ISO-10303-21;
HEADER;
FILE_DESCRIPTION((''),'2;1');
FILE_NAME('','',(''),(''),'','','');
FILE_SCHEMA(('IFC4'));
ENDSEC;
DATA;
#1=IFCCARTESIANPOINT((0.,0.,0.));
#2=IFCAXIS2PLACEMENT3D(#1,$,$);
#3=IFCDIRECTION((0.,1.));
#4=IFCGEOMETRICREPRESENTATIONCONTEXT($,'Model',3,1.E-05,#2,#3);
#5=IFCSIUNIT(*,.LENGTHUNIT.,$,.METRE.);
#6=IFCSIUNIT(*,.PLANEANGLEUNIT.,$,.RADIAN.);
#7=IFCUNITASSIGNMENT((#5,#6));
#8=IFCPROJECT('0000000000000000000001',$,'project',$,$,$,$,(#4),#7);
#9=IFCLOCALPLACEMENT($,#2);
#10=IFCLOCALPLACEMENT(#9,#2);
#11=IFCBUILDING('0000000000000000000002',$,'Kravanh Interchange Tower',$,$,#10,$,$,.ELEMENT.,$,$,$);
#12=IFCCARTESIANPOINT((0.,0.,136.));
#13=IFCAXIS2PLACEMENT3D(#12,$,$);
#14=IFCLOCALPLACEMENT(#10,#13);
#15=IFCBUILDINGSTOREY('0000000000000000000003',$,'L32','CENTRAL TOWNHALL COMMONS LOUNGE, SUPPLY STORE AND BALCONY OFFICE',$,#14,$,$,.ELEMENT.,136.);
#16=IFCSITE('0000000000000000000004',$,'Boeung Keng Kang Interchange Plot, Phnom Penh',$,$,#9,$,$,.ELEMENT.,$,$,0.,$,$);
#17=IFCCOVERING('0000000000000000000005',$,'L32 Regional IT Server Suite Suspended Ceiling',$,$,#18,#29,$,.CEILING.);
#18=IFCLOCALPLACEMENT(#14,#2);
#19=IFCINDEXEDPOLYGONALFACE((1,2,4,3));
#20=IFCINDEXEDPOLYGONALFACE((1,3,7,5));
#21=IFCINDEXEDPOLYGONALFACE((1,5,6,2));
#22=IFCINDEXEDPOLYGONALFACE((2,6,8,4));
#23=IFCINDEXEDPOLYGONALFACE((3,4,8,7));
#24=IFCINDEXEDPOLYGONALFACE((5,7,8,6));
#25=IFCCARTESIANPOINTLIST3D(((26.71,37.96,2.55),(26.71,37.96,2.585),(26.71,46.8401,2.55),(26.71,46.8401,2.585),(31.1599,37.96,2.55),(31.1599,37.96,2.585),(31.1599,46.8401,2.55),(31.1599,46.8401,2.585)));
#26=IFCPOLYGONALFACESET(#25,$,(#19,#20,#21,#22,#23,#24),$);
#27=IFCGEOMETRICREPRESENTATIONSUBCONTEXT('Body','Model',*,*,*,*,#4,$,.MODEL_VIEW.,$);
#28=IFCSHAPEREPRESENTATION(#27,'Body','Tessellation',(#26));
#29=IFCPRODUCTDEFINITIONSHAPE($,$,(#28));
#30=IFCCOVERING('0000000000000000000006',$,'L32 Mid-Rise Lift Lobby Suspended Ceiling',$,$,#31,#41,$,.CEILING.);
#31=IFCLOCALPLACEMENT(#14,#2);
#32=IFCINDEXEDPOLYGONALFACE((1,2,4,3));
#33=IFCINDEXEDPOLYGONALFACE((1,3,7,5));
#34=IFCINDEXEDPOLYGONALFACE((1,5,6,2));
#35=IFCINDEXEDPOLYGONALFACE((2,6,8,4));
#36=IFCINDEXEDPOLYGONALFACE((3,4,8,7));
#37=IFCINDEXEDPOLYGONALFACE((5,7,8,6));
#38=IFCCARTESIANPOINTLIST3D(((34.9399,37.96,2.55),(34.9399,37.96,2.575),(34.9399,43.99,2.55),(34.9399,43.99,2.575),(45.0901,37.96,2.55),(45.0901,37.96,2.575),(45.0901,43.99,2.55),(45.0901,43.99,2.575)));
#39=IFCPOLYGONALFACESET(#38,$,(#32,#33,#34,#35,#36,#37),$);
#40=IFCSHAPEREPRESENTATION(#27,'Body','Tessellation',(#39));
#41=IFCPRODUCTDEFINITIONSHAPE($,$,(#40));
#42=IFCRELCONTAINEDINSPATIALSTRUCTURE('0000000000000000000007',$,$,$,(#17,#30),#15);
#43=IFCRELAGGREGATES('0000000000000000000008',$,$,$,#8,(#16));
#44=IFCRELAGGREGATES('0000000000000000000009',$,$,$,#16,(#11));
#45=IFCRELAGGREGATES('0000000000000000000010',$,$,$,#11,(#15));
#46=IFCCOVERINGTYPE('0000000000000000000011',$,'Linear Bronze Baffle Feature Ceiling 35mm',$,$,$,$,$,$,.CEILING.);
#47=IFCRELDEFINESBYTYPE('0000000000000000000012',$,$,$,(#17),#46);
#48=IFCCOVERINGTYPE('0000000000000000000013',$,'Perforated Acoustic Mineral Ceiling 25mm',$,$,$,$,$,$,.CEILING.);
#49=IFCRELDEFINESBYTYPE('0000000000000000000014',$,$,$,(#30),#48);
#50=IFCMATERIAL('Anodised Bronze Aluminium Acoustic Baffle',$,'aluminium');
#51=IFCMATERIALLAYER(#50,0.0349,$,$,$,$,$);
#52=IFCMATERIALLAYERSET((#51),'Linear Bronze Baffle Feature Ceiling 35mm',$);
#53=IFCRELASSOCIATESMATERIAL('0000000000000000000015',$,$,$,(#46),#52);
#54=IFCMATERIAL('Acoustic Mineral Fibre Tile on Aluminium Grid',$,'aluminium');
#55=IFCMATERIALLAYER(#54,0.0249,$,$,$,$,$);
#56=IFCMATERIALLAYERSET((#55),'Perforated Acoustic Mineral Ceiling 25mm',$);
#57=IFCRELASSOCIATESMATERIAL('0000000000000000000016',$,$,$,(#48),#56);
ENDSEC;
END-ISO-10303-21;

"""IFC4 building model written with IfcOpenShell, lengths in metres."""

from ifc_helpers import new_model, si_unit, direction, frame, origin, place, context, subcontext, project, spatial, polyline, outline, extrude, material, layer, layer_set, type_object, element, save


model = new_model("IFC4")

# Units and contexts
model_context = context("Model", 3, precision=1e-05, world=origin(), true_north=direction((0.0, 1.0)))
body_context = subcontext(model_context, "Body", "Model", "MODEL_VIEW")
ifc_project = project(units=[si_unit("LENGTHUNIT", "METRE"), si_unit("PLANEANGLEUNIT", "RADIAN")], contexts=[model_context])

# Site, building, storey
site_placement = place(None, origin())
site = spatial("IfcSite", under=ifc_project, at=site_placement, Name="Boeung Keng Kang Interchange Plot, Phnom Penh", CompositionType="ELEMENT", RefElevation=0.0)
building_placement = place(site_placement, origin())
building = spatial("IfcBuilding", under=site, at=building_placement, Name="Kravanh Interchange Tower", CompositionType="ELEMENT")
storey_placement = place(building_placement, frame((0.0, 0.0, 136.0)))
storey = spatial("IfcBuildingStorey", under=building, at=storey_placement, Name="L32", Description="CENTRAL TOWNHALL COMMONS LOUNGE, SUPPLY STORE AND BALCONY OFFICE", CompositionType="ELEMENT", Elevation=136.0)

# Coverings
ifc_material_1 = material(Name="Anodised Bronze Aluminium Acoustic Baffle", Category="aluminium")
ifc_layer_1 = layer(ifc_material_1, 0.0349)
ifc_layer_set_1 = layer_set([ifc_layer_1], Name="Linear Bronze Baffle Feature Ceiling 35mm")
covering_type_1 = type_object("IfcCoveringType", Name="Linear Bronze Baffle Feature Ceiling 35mm", PredefinedType="CEILING", material=ifc_layer_set_1)
covering_1_placement = place(storey_placement, frame((0.0, 0.0, 2.55)))
element("IfcCovering", 1, at=covering_1_placement, inside=storey, type_object=covering_type_1, Name="L32 Regional IT Server Suite Suspended Ceiling", PredefinedType="CEILING", context=body_context, shape_type="SweptSolid", body=[
    extrude(outline(polyline([(31.1599, 37.96), (26.71, 37.96), (26.71, 46.8401), (31.1599, 46.8401), (31.1599, 37.96)])), origin(), (0.0, 0.0, 1.0), 0.0349),
])
ifc_material_2 = material(Name="Acoustic Mineral Fibre Tile on Aluminium Grid", Category="aluminium")
ifc_layer_2 = layer(ifc_material_2, 0.0249)
ifc_layer_set_2 = layer_set([ifc_layer_2], Name="Perforated Acoustic Mineral Ceiling 25mm")
covering_type_2 = type_object("IfcCoveringType", Name="Perforated Acoustic Mineral Ceiling 25mm", PredefinedType="CEILING", material=ifc_layer_set_2)
covering_2_placement = place(storey_placement, frame((0.0, 0.0, 2.55)))
element("IfcCovering", 2, at=covering_2_placement, inside=storey, type_object=covering_type_2, Name="L32 Mid-Rise Lift Lobby Suspended Ceiling", PredefinedType="CEILING", context=body_context, shape_type="SweptSolid", body=[
    extrude(outline(polyline([(45.0901, 37.96), (34.9399, 37.96), (34.9399, 43.99), (45.0901, 43.99), (45.0901, 37.96)])), origin(), (0.0, 0.0, 1.0), 0.0249),
])

save(model, "model.ifc")
